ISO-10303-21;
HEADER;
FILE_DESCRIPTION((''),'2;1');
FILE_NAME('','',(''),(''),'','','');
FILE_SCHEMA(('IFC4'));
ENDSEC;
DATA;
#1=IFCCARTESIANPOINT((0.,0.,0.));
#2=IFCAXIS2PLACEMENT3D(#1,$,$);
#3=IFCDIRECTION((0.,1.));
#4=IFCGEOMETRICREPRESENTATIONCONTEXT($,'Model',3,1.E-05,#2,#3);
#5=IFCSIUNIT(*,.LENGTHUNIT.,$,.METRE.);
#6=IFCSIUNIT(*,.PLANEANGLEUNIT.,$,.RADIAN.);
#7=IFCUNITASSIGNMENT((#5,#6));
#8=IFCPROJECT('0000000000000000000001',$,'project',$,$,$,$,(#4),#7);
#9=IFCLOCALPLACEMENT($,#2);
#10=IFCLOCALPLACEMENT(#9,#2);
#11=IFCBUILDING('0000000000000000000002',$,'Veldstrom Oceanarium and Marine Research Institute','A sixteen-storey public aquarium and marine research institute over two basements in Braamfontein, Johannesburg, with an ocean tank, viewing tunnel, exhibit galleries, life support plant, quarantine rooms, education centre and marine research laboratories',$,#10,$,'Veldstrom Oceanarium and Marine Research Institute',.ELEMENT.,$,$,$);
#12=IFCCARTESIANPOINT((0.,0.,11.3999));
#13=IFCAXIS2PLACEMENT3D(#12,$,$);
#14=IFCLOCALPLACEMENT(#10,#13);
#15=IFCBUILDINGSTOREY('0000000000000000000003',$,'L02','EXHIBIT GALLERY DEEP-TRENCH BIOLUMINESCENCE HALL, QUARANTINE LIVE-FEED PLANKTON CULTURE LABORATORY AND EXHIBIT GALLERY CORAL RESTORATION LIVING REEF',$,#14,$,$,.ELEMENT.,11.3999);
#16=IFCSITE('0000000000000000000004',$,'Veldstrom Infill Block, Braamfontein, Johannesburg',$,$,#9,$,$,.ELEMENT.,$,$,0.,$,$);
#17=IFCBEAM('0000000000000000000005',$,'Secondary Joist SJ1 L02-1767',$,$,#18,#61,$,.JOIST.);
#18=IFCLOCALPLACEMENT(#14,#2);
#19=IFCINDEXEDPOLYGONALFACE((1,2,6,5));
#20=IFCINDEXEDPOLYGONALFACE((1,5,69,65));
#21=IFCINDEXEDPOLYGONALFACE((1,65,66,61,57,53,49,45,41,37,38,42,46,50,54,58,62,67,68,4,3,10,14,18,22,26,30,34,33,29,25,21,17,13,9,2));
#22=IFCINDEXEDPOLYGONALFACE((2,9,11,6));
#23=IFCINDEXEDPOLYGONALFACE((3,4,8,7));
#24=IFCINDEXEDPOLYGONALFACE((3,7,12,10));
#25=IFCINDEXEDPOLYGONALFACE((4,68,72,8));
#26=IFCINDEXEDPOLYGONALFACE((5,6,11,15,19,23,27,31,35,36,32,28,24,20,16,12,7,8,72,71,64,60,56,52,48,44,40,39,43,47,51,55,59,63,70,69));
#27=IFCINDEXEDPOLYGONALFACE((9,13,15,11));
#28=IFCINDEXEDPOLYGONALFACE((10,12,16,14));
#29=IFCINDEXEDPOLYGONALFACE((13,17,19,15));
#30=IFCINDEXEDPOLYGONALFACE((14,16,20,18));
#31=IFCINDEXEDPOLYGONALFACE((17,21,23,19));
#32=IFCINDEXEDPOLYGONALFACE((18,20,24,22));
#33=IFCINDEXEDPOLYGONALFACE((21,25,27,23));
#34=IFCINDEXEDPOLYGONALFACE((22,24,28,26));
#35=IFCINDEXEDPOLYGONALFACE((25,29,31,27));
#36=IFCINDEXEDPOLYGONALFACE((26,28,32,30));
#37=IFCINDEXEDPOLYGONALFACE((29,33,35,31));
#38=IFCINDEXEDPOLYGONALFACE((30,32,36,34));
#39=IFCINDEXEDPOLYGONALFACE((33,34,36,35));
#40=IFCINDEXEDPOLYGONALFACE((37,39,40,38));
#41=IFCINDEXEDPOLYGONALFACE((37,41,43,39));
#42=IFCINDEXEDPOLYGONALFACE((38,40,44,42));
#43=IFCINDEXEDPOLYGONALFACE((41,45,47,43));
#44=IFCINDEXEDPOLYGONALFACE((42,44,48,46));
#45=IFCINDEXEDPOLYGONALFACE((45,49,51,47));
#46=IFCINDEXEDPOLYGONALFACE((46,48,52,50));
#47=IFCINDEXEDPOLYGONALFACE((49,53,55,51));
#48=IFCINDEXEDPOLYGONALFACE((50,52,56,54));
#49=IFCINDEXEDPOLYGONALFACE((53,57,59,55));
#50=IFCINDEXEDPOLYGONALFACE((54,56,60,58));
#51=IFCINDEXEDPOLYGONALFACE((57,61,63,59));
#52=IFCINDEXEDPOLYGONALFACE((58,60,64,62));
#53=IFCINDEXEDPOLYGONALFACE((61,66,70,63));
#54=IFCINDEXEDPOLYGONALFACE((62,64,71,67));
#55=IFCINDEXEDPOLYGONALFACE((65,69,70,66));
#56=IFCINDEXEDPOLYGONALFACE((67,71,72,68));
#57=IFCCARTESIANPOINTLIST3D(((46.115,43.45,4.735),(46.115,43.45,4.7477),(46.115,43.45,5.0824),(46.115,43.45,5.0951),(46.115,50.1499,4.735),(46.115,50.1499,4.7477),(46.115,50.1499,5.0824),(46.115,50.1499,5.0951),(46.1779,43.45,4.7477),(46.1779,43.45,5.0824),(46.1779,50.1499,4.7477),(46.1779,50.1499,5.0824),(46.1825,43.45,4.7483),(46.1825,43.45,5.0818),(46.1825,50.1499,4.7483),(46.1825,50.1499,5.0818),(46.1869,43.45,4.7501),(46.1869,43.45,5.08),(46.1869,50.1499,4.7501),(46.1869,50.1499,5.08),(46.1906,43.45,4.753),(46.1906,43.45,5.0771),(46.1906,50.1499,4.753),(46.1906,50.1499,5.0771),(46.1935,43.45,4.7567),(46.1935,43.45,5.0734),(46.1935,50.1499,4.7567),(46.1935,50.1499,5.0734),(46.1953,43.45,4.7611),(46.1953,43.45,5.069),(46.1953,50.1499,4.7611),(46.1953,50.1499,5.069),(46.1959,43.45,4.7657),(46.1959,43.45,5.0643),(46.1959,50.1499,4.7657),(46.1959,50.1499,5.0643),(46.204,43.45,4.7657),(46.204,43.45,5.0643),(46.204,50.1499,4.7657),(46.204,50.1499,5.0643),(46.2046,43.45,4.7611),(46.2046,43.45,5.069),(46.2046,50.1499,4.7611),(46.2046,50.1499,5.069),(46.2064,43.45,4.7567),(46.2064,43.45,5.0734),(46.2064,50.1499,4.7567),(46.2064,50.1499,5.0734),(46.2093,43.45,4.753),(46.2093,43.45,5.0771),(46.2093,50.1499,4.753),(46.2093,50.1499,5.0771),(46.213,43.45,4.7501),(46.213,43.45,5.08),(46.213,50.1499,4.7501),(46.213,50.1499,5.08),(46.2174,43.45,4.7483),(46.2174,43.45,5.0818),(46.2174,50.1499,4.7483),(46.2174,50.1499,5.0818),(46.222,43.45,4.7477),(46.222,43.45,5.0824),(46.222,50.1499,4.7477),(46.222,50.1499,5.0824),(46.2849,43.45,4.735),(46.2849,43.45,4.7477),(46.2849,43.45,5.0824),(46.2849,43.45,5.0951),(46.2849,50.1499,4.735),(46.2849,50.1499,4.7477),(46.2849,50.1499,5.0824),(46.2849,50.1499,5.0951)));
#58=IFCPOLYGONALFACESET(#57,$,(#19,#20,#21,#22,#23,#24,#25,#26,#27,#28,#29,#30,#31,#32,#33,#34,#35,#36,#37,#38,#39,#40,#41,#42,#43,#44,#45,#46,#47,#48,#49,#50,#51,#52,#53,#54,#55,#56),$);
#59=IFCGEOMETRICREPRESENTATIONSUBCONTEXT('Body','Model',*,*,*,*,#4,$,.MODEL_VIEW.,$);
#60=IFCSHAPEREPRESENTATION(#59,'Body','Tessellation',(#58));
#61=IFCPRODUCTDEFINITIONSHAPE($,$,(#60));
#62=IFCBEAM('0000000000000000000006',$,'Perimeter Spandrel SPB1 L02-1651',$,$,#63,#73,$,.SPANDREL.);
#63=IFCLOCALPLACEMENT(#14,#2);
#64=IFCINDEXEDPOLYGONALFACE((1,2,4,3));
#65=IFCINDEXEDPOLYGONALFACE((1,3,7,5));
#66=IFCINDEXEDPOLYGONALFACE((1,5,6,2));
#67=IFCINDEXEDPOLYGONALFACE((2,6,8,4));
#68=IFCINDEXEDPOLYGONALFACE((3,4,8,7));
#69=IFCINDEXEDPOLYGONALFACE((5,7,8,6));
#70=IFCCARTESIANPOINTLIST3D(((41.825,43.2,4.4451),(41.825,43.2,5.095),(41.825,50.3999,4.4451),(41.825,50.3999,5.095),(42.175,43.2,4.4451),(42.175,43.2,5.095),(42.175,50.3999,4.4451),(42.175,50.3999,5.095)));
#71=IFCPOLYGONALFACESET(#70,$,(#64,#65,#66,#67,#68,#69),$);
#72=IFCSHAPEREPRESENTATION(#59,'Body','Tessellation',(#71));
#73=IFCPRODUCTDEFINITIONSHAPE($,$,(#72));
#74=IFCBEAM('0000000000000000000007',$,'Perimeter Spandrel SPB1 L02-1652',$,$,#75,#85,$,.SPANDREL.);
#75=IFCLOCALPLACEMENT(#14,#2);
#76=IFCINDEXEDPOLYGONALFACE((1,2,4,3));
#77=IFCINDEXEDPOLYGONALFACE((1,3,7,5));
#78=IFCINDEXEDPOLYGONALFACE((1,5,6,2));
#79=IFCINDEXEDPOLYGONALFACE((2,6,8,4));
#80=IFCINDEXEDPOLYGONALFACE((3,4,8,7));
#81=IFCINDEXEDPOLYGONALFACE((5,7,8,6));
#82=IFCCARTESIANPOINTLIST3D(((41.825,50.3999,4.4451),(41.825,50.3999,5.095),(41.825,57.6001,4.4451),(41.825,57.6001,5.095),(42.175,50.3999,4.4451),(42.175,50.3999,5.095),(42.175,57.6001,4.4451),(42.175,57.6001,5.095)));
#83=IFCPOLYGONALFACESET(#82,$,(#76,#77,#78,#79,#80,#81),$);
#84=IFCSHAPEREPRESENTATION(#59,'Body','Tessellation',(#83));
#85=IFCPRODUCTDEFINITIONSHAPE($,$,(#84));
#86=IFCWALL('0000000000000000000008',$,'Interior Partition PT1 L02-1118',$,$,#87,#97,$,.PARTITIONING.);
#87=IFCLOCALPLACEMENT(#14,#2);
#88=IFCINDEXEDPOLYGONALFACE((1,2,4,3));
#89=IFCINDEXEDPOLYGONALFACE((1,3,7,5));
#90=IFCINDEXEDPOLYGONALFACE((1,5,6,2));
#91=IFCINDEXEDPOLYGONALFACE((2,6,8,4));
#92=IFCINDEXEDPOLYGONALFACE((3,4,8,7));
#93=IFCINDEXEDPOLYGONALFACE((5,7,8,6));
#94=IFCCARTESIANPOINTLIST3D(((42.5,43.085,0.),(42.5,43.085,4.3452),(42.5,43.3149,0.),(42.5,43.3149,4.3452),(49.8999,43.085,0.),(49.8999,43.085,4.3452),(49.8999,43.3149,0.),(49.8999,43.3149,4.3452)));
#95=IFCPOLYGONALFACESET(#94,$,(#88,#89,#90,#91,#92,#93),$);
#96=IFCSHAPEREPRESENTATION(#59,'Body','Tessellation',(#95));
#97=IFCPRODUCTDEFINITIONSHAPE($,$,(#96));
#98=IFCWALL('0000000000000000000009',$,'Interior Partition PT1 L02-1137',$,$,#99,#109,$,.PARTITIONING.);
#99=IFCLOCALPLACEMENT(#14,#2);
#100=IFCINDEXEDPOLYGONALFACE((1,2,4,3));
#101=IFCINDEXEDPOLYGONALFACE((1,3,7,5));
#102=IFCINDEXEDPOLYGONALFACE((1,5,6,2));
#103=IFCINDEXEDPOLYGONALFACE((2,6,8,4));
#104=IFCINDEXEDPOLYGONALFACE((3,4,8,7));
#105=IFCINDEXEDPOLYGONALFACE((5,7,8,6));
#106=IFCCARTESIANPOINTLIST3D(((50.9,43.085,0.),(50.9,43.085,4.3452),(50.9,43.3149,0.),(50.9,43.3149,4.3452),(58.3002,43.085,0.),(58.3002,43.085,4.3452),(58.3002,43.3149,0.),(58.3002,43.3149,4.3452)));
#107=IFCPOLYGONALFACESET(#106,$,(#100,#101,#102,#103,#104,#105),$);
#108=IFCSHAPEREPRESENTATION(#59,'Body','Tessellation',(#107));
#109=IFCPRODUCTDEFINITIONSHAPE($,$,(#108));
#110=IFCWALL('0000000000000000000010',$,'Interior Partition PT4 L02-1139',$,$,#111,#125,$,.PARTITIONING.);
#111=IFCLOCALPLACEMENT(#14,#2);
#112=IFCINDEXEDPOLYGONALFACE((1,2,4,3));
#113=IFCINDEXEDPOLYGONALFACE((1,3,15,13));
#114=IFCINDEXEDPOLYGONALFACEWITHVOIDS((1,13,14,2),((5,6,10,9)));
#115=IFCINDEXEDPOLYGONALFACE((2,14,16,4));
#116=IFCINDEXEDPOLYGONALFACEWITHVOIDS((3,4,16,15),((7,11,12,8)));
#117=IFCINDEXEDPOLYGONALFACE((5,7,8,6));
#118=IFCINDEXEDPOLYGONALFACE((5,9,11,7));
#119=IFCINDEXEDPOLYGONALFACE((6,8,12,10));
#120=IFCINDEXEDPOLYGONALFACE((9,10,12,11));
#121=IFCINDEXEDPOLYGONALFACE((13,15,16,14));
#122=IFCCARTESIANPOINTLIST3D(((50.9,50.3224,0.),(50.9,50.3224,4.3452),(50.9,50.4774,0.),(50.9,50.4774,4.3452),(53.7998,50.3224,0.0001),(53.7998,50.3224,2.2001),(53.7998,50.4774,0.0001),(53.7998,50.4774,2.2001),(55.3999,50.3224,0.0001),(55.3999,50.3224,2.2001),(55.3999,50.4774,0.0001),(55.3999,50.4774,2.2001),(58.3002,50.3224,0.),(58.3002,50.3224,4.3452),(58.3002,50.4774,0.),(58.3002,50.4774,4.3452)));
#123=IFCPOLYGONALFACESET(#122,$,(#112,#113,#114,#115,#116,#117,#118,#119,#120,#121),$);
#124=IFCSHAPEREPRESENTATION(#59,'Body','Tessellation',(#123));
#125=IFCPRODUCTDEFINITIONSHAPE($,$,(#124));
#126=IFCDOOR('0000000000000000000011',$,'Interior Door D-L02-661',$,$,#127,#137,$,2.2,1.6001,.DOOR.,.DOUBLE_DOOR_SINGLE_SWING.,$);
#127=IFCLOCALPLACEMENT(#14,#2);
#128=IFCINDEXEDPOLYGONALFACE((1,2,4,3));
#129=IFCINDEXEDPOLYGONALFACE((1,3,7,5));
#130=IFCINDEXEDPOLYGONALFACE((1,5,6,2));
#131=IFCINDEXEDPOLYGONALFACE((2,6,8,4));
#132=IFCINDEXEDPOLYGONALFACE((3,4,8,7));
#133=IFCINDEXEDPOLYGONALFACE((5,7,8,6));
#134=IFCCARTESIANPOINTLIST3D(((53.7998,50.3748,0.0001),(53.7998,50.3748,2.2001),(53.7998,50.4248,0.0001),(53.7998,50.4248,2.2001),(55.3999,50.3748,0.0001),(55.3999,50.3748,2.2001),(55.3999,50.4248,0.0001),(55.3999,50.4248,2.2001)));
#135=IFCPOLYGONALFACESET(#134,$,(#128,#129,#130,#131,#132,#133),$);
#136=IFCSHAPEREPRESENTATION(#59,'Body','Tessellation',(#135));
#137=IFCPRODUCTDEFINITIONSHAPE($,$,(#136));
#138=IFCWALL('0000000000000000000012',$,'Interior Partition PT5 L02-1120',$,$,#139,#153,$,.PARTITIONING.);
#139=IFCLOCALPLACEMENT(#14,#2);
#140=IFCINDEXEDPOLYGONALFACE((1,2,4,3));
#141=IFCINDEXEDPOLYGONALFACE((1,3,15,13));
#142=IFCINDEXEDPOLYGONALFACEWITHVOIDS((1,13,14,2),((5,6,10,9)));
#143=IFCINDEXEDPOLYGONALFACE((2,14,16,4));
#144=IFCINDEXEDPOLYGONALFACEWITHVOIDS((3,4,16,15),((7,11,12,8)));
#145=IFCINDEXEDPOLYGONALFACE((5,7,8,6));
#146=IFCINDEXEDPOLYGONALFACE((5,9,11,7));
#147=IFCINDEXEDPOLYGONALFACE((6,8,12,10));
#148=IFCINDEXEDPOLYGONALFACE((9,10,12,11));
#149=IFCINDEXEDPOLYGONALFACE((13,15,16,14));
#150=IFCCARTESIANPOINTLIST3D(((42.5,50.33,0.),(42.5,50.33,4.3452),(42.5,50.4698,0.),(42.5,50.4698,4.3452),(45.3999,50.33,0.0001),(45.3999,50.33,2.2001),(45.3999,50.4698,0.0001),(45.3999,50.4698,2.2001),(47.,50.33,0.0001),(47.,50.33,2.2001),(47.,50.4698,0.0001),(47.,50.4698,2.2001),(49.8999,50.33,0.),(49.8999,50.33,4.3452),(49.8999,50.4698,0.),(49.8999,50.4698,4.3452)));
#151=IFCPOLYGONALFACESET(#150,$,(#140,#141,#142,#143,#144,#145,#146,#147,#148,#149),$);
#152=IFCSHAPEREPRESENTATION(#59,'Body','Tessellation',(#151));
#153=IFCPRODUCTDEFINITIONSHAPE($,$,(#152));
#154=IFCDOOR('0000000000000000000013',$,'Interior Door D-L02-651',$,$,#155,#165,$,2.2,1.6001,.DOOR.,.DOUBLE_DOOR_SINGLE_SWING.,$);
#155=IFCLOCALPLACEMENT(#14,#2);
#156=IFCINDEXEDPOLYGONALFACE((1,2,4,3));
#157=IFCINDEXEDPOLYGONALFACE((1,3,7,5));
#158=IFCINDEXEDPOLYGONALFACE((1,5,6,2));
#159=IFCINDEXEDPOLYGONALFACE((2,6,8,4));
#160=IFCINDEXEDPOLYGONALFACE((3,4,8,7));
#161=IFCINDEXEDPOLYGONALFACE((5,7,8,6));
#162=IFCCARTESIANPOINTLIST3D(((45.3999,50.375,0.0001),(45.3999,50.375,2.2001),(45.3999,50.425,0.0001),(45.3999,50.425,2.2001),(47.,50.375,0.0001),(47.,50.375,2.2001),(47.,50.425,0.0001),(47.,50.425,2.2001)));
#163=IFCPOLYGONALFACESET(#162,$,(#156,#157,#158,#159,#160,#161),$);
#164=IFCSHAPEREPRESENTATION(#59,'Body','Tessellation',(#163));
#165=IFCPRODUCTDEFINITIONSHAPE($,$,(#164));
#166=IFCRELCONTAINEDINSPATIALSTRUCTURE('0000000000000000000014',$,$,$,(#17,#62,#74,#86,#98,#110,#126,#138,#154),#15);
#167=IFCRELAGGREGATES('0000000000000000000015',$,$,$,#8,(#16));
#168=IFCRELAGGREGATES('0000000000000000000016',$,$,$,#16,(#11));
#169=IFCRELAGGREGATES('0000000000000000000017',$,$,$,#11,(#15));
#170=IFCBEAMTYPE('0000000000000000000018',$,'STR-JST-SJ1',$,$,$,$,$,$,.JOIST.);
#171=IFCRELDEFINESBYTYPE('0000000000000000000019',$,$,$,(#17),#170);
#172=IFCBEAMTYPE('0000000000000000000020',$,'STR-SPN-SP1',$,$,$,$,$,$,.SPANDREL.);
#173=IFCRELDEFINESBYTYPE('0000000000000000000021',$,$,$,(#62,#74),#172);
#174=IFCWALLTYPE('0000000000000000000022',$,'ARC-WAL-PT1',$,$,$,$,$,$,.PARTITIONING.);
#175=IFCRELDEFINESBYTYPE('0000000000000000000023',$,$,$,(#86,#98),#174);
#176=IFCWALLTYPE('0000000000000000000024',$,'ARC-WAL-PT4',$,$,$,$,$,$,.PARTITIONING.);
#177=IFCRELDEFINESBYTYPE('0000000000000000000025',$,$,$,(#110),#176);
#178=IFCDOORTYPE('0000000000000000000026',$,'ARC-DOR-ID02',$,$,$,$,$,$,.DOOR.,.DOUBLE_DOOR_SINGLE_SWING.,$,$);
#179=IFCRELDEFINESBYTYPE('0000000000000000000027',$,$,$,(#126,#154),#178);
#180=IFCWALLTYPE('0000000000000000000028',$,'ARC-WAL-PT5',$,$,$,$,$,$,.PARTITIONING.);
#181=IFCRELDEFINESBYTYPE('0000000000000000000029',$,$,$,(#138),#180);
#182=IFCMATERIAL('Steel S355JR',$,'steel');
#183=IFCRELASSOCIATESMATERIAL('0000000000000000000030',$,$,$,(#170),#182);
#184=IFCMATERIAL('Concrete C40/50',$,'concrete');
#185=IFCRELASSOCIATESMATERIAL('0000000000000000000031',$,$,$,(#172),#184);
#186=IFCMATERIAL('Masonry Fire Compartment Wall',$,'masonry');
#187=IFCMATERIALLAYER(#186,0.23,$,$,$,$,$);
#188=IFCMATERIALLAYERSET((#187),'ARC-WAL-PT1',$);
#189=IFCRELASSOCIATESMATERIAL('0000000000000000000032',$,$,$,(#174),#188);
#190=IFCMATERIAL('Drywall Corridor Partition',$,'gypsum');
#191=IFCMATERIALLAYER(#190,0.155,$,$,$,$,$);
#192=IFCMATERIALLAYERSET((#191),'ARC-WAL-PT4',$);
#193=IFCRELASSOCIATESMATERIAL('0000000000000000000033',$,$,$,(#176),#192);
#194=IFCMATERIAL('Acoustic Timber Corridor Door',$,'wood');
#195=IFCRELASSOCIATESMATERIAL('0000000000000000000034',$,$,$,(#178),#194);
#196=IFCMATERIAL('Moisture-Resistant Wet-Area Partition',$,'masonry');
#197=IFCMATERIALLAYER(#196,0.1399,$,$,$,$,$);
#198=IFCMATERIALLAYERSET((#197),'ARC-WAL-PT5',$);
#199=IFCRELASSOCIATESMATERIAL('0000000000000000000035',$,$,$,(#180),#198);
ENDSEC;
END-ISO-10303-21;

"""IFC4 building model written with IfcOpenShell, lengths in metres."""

from ifc_helpers import new_model, si_unit, direction, frame, frame_2d, origin, origin_2d, place, context, subcontext, project, spatial, rectangle, i_section, extrude, material, layer, layer_set, material_profile, profile_set, type_object, element, fill, save


model = new_model("IFC4")

# Units and contexts
model_context = context("Model", 3, precision=1e-05, world=origin(), true_north=direction((0.0, 1.0)))
body_context = subcontext(model_context, "Body", "Model", "MODEL_VIEW")
ifc_project = project(units=[si_unit("LENGTHUNIT", "METRE"), si_unit("PLANEANGLEUNIT", "RADIAN")], contexts=[model_context])

# Site, building, storey
site_placement = place(None, origin())
site = spatial("IfcSite", under=ifc_project, at=site_placement, Name="Veldstrom Infill Block, Braamfontein, Johannesburg", CompositionType="ELEMENT", RefElevation=0.0)
building_placement = place(site_placement, origin())
building = spatial("IfcBuilding", under=site, at=building_placement, Name="Veldstrom Oceanarium and Marine Research Institute", Description="A sixteen-storey public aquarium and marine research institute over two basements in Braamfontein, Johannesburg, with an ocean tank, viewing tunnel, exhibit galleries, life support plant, quarantine rooms, education centre and marine research laboratories", LongName="Veldstrom Oceanarium and Marine Research Institute", CompositionType="ELEMENT")
storey_placement = place(building_placement, frame((0.0, 0.0, 11.3999)))
storey = spatial("IfcBuildingStorey", under=building, at=storey_placement, Name="L02", Description="EXHIBIT GALLERY DEEP-TRENCH BIOLUMINESCENCE HALL, QUARANTINE LIVE-FEED PLANKTON CULTURE LABORATORY AND EXHIBIT GALLERY CORAL RESTORATION LIVING REEF", CompositionType="ELEMENT", Elevation=11.3999)

# Beams
ifc_material_1 = material(Name="Steel S355JR", Category="steel")
ifc_material_profile_1 = material_profile(ifc_material_1, i_section(OverallWidth=0.1699, OverallDepth=0.3601, WebThickness=0.0081, FlangeThickness=0.0127, FilletRadius=0.0181, at=origin_2d()), Name="IPE 360")
ifc_profile_set_1 = profile_set([ifc_material_profile_1], Name="Steel S355JR")
beam_type_1 = type_object("IfcBeamType", Name="STR-JST-SJ1", PredefinedType="JOIST", material=ifc_profile_set_1)
beam_1_placement = place(storey_placement, frame((46.2, 43.45, 4.915), z_axis=(0.0, 1.0, 0.0), x_axis=(-1.0, 0.0, 0.0)))
element("IfcBeam", 1, at=beam_1_placement, inside=storey, type_object=beam_type_1, Name="Secondary Joist SJ1 L02-1767", PredefinedType="JOIST", context=body_context, shape_type="SweptSolid", body=[
    extrude(i_section(OverallWidth=0.1699, OverallDepth=0.3601, WebThickness=0.0081, FlangeThickness=0.0127, FilletRadius=0.0181, at=origin_2d()), origin(), (0.0, 0.0, 1.0), 6.7),
])
ifc_material_2 = material(Name="Concrete C40/50", Category="concrete")
ifc_material_profile_2 = material_profile(ifc_material_2, rectangle(XDim=0.3501, YDim=0.6499, at=origin_2d()), Name="RC-SPN-350x650")
ifc_profile_set_2 = profile_set([ifc_material_profile_2], Name="Concrete C40/50")
beam_type_2 = type_object("IfcBeamType", Name="STR-SPN-SP1", PredefinedType="SPANDREL", material=ifc_profile_set_2)
beam_2_placement = place(storey_placement, frame((42.0, 43.2, 4.77), z_axis=(0.0, 1.0, 0.0), x_axis=(-1.0, 0.0, 0.0)))
element("IfcBeam", 2, at=beam_2_placement, inside=storey, type_object=beam_type_2, Name="Perimeter Spandrel SPB1 L02-1651", PredefinedType="SPANDREL", context=body_context, shape_type="SweptSolid", body=[
    extrude(rectangle(XDim=0.3501, YDim=0.6499, at=origin_2d()), origin(), (0.0, 0.0, 1.0), 7.2),
])
beam_3_placement = place(storey_placement, frame((42.0, 50.3999, 4.77), z_axis=(0.0, 1.0, 0.0), x_axis=(-1.0, 0.0, 0.0)))
element("IfcBeam", 3, at=beam_3_placement, inside=storey, type_object=beam_type_2, Name="Perimeter Spandrel SPB1 L02-1652", PredefinedType="SPANDREL", context=body_context, shape_type="SweptSolid", body=[
    extrude(rectangle(XDim=0.3501, YDim=0.6499, at=origin_2d()), origin(), (0.0, 0.0, 1.0), 7.2002),
])

# Walls
ifc_material_3 = material(Name="Masonry Fire Compartment Wall", Category="masonry")
ifc_layer_1 = layer(ifc_material_3, 0.23)
ifc_layer_set_1 = layer_set([ifc_layer_1], Name="ARC-WAL-PT1")
wall_type_1 = type_object("IfcWallType", Name="ARC-WAL-PT1", PredefinedType="PARTITIONING", material=ifc_layer_set_1)
wall_1_placement = place(storey_placement, frame((42.5, 43.2, 0.0), z_axis=(0.0, 0.0, 1.0), x_axis=(1.0, 0.0, 0.0)))
element("IfcWall", 4, at=wall_1_placement, inside=storey, type_object=wall_type_1, Name="Interior Partition PT1 L02-1118", PredefinedType="PARTITIONING", context=body_context, shape_type="SweptSolid", body=[
    extrude(rectangle(XDim=7.3999, YDim=0.23, at=frame_2d((3.7, 0.0))), origin(), (0.0, 0.0, 1.0), 4.3452),
])
wall_2_placement = place(storey_placement, frame((50.8999, 43.2, 0.0), z_axis=(0.0, 0.0, 1.0), x_axis=(1.0, 0.0, 0.0)))
element("IfcWall", 5, at=wall_2_placement, inside=storey, type_object=wall_type_1, Name="Interior Partition PT1 L02-1137", PredefinedType="PARTITIONING", context=body_context, shape_type="SweptSolid", body=[
    extrude(rectangle(XDim=7.4001, YDim=0.23, at=frame_2d((3.7002, 0.0))), origin(), (0.0, 0.0, 1.0), 4.3452),
])

# Walls, openings, doors
ifc_material_4 = material(Name="Drywall Corridor Partition", Category="gypsum")
ifc_layer_2 = layer(ifc_material_4, 0.155)
ifc_layer_set_2 = layer_set([ifc_layer_2], Name="ARC-WAL-PT4")
wall_type_2 = type_object("IfcWallType", Name="ARC-WAL-PT4", PredefinedType="PARTITIONING", material=ifc_layer_set_2)
wall_3_placement = place(storey_placement, frame((50.8999, 50.3999, 0.0), z_axis=(0.0, 0.0, 1.0), x_axis=(1.0, 0.0, 0.0)))
wall_3 = element("IfcWall", 6, at=wall_3_placement, inside=storey, type_object=wall_type_2, Name="Interior Partition PT4 L02-1139", PredefinedType="PARTITIONING", context=body_context, shape_type="SweptSolid", body=[
    extrude(rectangle(XDim=7.4001, YDim=0.155, at=frame_2d((3.7002, 0.0))), origin(), (0.0, 0.0, 1.0), 4.3452),
])
opening_1_placement = place(wall_3_placement, frame((2.8999, 0.0, 0.0)))
opening_1 = element("IfcOpeningElement", 7, at=opening_1_placement, cuts=wall_3, PredefinedType="OPENING", context=body_context, shape_type="SweptSolid", body=[
    extrude(rectangle(XDim=1.6001, YDim=2.2, at=frame_2d((0.8, 1.1001))), frame((0.0, 0.0874, 0.0), z_axis=(0.0, -1.0, 0.0), x_axis=(1.0, 0.0, 0.0)), (0.0, 0.0, 1.0), 0.175),
])
ifc_material_5 = material(Name="Acoustic Timber Corridor Door", Category="wood")
door_type = type_object("IfcDoorType", Name="ARC-DOR-ID02", OperationType="DOUBLE_DOOR_SINGLE_SWING", PredefinedType="DOOR", material=ifc_material_5)
door_1_placement = place(opening_1_placement, origin())
door_1 = element("IfcDoor", 8, at=door_1_placement, inside=storey, type_object=door_type, Name="Interior Door D-L02-661", OperationType="DOUBLE_DOOR_SINGLE_SWING", OverallHeight=2.2, OverallWidth=1.6001, PredefinedType="DOOR", context=body_context, shape_type="SweptSolid", body=[
    extrude(rectangle(XDim=1.6001, YDim=2.2, at=frame_2d((0.8, 1.1001))), frame((0.0, 0.0249, 0.0), z_axis=(0.0, -1.0, 0.0), x_axis=(1.0, 0.0, 0.0)), (0.0, 0.0, 1.0), 0.05),
])
fill(opening_1, door_1)
ifc_material_6 = material(Name="Moisture-Resistant Wet-Area Partition", Category="masonry")
ifc_layer_3 = layer(ifc_material_6, 0.1399)
ifc_layer_set_3 = layer_set([ifc_layer_3], Name="ARC-WAL-PT5")
wall_type_3 = type_object("IfcWallType", Name="ARC-WAL-PT5", PredefinedType="PARTITIONING", material=ifc_layer_set_3)
wall_4_placement = place(storey_placement, frame((42.5, 50.3999, 0.0), z_axis=(0.0, 0.0, 1.0), x_axis=(1.0, 0.0, 0.0)))
wall_4 = element("IfcWall", 9, at=wall_4_placement, inside=storey, type_object=wall_type_3, Name="Interior Partition PT5 L02-1120", PredefinedType="PARTITIONING", context=body_context, shape_type="SweptSolid", body=[
    extrude(rectangle(XDim=7.3999, YDim=0.1399, at=frame_2d((3.7, 0.0))), origin(), (0.0, 0.0, 1.0), 4.3452),
])
opening_2_placement = place(wall_4_placement, frame((2.8999, 0.0, 0.0)))
opening_2 = element("IfcOpeningElement", 10, at=opening_2_placement, cuts=wall_4, PredefinedType="OPENING", context=body_context, shape_type="SweptSolid", body=[
    extrude(rectangle(XDim=1.6001, YDim=2.2, at=frame_2d((0.8, 1.1001))), frame((0.0, 0.0798, 0.0), z_axis=(0.0, -1.0, 0.0), x_axis=(1.0, 0.0, 0.0)), (0.0, 0.0, 1.0), 0.1599),
])
door_2_placement = place(opening_2_placement, frame((1.6001, 0.0, 0.0), z_axis=(0.0, 0.0, 1.0), x_axis=(-1.0, 0.0, 0.0)))
door_2 = element("IfcDoor", 11, at=door_2_placement, inside=storey, type_object=door_type, Name="Interior Door D-L02-651", OperationType="DOUBLE_DOOR_SINGLE_SWING", OverallHeight=2.2, OverallWidth=1.6001, PredefinedType="DOOR", context=body_context, shape_type="SweptSolid", body=[
    extrude(rectangle(XDim=1.6001, YDim=2.2, at=frame_2d((0.8, 1.1001))), frame((0.0, 0.0249, 0.0), z_axis=(0.0, -1.0, 0.0), x_axis=(1.0, 0.0, 0.0)), (0.0, 0.0, 1.0), 0.05),
])
fill(opening_2, door_2)

save(model, "model.ifc")
